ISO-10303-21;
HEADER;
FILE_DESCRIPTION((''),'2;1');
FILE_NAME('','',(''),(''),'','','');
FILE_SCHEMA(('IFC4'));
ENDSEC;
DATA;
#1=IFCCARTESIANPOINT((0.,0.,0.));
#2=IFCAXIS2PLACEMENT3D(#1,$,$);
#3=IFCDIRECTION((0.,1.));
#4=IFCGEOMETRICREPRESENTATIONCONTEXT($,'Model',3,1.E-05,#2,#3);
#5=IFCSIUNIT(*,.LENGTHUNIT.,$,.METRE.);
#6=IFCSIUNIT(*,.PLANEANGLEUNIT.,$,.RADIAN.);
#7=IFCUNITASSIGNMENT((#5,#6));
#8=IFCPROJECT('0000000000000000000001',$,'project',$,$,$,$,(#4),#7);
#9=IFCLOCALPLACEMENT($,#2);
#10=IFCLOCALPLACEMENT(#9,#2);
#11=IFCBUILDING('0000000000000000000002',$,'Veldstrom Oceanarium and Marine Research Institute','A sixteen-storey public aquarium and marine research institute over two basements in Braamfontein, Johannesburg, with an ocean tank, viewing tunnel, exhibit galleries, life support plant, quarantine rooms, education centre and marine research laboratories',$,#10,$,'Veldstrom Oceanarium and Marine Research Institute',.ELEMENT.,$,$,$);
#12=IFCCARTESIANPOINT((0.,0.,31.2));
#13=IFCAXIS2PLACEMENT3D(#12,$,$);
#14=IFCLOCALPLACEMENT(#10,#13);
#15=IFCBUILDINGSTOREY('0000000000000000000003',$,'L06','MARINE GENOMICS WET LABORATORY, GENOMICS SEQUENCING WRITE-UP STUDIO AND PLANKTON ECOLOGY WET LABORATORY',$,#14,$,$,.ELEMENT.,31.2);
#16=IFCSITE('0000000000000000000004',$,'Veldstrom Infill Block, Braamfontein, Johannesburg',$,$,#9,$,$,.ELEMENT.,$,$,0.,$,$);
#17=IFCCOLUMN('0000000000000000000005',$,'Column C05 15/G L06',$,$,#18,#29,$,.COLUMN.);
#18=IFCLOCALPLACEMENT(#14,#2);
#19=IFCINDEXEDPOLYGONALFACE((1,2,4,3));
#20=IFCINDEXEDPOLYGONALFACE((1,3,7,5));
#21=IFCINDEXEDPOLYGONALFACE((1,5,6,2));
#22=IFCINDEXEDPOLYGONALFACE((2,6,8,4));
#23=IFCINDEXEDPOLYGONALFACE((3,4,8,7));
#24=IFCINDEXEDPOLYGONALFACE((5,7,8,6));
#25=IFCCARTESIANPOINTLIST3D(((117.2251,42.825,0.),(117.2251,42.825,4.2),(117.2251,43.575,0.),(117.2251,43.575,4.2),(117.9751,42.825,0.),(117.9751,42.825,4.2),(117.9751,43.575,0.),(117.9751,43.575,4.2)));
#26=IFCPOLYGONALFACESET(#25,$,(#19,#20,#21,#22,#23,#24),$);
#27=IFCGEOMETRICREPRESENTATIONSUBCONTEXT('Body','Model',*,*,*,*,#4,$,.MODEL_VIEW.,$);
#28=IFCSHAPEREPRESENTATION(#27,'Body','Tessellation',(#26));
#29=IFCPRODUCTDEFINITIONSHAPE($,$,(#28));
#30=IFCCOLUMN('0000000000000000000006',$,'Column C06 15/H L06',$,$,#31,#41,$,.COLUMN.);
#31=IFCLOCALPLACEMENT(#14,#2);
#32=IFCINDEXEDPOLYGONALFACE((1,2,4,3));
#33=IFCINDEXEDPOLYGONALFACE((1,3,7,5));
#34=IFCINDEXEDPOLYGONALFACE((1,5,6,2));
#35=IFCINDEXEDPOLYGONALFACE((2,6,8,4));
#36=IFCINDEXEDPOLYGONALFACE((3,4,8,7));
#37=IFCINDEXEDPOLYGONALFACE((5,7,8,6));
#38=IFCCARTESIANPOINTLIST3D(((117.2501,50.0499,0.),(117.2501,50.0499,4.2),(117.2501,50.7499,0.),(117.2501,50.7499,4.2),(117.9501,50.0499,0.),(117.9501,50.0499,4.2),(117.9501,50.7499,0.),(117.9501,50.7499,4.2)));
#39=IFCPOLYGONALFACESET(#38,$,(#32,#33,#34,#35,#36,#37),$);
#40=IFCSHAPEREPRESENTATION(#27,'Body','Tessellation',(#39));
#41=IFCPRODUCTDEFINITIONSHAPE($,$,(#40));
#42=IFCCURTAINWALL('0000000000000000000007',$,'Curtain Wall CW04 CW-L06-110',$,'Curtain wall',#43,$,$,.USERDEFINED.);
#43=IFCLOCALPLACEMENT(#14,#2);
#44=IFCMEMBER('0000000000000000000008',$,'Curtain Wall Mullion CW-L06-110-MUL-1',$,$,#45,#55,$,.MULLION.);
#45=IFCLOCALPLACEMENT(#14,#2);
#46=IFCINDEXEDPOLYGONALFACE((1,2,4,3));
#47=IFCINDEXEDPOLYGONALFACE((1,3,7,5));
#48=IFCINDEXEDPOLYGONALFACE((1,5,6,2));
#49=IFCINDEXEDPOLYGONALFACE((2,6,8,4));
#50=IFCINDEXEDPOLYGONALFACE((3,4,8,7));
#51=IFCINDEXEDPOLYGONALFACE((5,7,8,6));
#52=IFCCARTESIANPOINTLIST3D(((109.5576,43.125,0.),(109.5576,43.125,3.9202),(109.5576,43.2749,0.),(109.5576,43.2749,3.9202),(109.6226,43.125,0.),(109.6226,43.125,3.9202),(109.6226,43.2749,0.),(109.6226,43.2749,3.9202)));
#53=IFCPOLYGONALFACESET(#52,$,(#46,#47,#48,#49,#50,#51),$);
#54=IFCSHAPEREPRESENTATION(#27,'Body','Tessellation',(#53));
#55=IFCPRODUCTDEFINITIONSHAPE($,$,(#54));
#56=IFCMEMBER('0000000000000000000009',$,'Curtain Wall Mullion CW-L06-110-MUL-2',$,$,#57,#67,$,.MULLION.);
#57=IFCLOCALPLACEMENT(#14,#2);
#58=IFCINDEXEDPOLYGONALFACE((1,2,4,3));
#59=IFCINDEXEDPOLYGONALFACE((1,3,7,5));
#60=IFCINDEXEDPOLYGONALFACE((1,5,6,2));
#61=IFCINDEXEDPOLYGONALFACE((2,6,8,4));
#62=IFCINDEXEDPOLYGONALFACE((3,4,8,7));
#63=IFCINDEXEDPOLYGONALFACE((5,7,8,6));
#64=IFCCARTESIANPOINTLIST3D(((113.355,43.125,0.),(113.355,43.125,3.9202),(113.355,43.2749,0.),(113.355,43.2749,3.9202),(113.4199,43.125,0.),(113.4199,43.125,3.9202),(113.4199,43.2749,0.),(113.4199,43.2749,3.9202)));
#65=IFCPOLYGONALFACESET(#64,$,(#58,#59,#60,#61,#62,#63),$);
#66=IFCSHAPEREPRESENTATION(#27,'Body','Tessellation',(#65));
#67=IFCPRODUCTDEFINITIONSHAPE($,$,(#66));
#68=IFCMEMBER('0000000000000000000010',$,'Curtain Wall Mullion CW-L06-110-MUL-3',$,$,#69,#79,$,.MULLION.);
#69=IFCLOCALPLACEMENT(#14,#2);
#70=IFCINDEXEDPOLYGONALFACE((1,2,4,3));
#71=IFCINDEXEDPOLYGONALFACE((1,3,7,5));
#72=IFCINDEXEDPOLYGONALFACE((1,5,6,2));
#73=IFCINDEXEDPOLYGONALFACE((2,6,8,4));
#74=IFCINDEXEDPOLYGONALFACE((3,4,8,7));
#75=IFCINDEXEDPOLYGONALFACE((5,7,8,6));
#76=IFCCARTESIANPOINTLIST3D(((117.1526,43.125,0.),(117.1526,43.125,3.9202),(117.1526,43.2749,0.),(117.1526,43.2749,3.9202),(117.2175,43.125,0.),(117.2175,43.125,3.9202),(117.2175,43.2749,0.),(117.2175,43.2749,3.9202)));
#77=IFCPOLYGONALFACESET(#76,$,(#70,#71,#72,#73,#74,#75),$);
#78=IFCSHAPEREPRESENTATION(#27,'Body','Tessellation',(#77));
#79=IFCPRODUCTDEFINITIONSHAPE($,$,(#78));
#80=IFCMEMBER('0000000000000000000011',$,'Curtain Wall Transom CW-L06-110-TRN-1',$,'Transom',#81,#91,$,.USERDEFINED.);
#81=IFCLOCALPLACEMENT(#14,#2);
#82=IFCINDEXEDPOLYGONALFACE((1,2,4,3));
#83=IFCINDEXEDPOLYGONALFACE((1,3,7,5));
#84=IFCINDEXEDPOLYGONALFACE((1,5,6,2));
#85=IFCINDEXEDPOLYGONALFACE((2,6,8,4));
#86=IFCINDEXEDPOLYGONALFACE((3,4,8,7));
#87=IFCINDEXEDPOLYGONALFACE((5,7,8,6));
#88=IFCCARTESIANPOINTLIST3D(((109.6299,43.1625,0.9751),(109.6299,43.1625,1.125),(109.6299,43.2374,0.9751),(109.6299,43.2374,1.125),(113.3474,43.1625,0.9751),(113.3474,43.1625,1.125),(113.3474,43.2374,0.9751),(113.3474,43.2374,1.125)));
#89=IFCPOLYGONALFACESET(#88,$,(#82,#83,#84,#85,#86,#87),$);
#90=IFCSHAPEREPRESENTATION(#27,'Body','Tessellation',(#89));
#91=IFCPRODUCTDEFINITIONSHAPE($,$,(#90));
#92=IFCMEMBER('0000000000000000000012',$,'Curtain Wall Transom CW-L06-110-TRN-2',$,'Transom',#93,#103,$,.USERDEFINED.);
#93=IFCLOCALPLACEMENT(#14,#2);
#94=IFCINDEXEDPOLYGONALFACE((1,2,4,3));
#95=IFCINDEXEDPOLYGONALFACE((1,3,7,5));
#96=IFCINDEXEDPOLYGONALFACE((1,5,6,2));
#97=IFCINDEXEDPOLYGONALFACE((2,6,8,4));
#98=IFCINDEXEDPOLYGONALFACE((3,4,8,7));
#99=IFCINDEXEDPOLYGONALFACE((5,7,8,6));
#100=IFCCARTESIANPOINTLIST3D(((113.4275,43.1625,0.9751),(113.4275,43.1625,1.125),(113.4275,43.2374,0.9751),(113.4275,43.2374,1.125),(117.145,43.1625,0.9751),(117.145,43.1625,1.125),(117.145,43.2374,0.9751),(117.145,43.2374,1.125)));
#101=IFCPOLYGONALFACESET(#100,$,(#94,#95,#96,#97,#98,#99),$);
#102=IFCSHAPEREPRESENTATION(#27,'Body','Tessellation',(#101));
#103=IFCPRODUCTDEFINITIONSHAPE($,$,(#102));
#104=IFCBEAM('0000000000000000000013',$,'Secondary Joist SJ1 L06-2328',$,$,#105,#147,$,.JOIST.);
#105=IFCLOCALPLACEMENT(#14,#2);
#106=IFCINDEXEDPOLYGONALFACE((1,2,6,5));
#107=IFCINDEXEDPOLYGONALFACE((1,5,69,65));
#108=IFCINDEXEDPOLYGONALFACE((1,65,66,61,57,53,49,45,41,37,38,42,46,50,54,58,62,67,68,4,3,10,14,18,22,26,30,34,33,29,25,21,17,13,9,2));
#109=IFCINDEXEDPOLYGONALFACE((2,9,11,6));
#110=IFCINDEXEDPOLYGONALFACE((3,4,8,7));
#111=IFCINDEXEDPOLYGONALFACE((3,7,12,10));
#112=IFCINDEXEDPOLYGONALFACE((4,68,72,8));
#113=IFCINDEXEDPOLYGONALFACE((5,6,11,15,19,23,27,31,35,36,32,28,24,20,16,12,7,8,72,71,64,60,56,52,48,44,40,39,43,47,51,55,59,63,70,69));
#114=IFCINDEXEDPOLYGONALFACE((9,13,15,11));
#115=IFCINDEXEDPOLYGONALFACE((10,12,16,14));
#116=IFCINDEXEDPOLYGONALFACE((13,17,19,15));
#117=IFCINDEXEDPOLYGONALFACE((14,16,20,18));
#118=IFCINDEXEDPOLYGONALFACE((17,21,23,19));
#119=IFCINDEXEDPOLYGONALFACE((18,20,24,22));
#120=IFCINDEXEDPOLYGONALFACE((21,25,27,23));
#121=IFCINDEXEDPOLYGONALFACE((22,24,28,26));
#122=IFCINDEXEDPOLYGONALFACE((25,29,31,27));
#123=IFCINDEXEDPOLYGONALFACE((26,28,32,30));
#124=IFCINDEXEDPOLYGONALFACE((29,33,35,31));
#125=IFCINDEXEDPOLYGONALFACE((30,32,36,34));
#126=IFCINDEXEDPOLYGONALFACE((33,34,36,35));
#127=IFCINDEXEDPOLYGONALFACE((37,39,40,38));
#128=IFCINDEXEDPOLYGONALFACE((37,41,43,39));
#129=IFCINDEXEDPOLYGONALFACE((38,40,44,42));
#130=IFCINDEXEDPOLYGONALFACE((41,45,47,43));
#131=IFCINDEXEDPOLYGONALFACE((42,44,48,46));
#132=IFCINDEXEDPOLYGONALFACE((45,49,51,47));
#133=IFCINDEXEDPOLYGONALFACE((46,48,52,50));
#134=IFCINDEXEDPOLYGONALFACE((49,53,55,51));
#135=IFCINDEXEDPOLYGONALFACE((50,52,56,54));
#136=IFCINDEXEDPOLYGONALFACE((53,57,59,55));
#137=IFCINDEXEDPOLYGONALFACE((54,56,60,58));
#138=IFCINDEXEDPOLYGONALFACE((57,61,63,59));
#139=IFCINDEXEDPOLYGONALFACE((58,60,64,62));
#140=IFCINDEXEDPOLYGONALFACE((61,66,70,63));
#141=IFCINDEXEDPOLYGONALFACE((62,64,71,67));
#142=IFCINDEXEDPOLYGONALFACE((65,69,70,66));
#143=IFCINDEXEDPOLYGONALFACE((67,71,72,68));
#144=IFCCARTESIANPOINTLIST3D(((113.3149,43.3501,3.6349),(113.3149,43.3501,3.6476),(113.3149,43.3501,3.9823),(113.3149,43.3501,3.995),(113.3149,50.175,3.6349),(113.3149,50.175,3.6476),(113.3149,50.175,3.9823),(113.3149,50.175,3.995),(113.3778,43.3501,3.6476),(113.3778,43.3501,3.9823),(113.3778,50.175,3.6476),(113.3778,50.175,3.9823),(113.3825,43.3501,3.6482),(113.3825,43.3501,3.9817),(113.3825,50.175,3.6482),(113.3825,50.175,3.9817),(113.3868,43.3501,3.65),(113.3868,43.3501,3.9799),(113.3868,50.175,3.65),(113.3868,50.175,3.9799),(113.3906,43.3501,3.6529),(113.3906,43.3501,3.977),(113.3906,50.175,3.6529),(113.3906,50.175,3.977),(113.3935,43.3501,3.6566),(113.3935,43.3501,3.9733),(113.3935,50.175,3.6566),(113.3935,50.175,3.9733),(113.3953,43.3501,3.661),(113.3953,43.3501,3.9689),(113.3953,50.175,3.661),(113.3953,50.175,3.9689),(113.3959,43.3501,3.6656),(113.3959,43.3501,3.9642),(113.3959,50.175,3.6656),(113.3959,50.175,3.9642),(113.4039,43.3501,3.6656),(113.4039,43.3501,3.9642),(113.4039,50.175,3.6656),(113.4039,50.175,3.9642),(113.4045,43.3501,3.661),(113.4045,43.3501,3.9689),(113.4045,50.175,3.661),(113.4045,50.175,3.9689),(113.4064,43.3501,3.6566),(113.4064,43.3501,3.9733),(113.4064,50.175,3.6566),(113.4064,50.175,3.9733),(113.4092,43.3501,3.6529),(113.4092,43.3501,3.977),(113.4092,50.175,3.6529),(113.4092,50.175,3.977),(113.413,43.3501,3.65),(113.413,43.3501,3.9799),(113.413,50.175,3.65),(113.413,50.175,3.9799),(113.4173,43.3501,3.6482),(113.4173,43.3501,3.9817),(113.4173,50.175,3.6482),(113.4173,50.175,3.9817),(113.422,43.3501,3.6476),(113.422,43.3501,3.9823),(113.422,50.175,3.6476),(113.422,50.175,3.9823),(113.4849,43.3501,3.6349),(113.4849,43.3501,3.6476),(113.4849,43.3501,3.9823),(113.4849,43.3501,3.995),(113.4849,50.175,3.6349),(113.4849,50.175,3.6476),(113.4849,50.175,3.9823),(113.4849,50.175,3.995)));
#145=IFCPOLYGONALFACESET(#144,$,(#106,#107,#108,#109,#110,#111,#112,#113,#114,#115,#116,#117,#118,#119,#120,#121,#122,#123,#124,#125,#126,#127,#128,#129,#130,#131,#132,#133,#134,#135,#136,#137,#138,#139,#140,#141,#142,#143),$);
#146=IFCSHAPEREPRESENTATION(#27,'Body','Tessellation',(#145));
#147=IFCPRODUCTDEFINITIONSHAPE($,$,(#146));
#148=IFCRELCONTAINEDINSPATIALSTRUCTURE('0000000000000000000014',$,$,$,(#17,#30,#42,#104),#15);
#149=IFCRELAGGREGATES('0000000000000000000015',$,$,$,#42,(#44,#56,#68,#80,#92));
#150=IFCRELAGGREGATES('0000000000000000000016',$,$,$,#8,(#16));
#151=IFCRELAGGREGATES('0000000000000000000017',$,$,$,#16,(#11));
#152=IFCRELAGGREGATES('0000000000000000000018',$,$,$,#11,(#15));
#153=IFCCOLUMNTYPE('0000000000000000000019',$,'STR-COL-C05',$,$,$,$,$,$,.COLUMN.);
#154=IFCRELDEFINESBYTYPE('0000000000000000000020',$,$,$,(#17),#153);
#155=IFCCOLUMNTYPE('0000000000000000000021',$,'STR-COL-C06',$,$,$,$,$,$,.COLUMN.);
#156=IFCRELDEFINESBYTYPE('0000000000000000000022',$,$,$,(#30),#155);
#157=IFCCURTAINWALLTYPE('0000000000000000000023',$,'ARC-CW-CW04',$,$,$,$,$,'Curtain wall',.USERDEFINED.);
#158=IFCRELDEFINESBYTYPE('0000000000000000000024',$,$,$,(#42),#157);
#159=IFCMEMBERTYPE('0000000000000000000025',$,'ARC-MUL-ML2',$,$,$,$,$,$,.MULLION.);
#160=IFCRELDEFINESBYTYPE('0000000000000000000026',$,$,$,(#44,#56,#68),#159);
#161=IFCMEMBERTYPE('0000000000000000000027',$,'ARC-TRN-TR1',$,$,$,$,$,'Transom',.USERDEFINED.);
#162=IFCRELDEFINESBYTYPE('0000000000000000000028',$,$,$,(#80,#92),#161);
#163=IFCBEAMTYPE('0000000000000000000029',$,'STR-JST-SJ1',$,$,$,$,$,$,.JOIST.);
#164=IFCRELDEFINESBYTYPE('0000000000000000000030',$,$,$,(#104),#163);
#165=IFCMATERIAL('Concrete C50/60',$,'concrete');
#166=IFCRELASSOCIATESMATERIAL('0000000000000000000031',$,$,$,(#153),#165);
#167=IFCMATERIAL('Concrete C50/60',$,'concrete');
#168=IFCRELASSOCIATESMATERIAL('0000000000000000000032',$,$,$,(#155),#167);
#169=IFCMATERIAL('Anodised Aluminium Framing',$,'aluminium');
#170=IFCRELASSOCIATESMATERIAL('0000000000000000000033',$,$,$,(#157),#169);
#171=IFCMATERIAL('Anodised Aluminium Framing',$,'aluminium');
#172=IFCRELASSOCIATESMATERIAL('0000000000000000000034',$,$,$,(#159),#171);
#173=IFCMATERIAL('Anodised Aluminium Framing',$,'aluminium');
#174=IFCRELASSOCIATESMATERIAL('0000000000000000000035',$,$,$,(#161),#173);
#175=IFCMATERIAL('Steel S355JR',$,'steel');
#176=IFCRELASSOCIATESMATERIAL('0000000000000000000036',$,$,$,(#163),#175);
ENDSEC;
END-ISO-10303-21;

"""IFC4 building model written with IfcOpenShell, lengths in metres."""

from ifc_helpers import new_model, si_unit, direction, frame, origin, origin_2d, place, context, subcontext, project, spatial, rectangle, i_section, extrude, material, material_profile, profile_set, type_object, element, aggregate, save


model = new_model("IFC4")

# Units and contexts
model_context = context("Model", 3, precision=1e-05, world=origin(), true_north=direction((0.0, 1.0)))
body_context = subcontext(model_context, "Body", "Model", "MODEL_VIEW")
ifc_project = project(units=[si_unit("LENGTHUNIT", "METRE"), si_unit("PLANEANGLEUNIT", "RADIAN")], contexts=[model_context])

# Site, building, storey
site_placement = place(None, origin())
site = spatial("IfcSite", under=ifc_project, at=site_placement, Name="Veldstrom Infill Block, Braamfontein, Johannesburg", CompositionType="ELEMENT", RefElevation=0.0)
building_placement = place(site_placement, origin())
building = spatial("IfcBuilding", under=site, at=building_placement, Name="Veldstrom Oceanarium and Marine Research Institute", Description="A sixteen-storey public aquarium and marine research institute over two basements in Braamfontein, Johannesburg, with an ocean tank, viewing tunnel, exhibit galleries, life support plant, quarantine rooms, education centre and marine research laboratories", LongName="Veldstrom Oceanarium and Marine Research Institute", CompositionType="ELEMENT")
storey_placement = place(building_placement, frame((0.0, 0.0, 31.2)))
storey = spatial("IfcBuildingStorey", under=building, at=storey_placement, Name="L06", Description="MARINE GENOMICS WET LABORATORY, GENOMICS SEQUENCING WRITE-UP STUDIO AND PLANKTON ECOLOGY WET LABORATORY", CompositionType="ELEMENT", Elevation=31.2)

# Columns
ifc_material_1 = material(Name="Concrete C50/60", Category="concrete")
ifc_material_profile_1 = material_profile(ifc_material_1, rectangle(XDim=0.75, YDim=0.75, at=origin_2d()), Name="RC-COL-750x750")
ifc_profile_set_1 = profile_set([ifc_material_profile_1], Name="Concrete C50/60")
column_type_1 = type_object("IfcColumnType", Name="STR-COL-C05", PredefinedType="COLUMN", material=ifc_profile_set_1)
column_1_placement = place(storey_placement, frame((117.6001, 43.2, 0.0), z_axis=(0.0, 0.0, 1.0), x_axis=(1.0, 0.0, 0.0)))
element("IfcColumn", 1, at=column_1_placement, inside=storey, type_object=column_type_1, Name="Column C05 15/G L06", PredefinedType="COLUMN", context=body_context, shape_type="SweptSolid", body=[
    extrude(rectangle(XDim=0.75, YDim=0.75, at=origin_2d()), origin(), (0.0, 0.0, 1.0), 4.2),
])
ifc_material_2 = material(Name="Concrete C50/60", Category="concrete")
ifc_material_profile_2 = material_profile(ifc_material_2, rectangle(XDim=0.7, YDim=0.7, at=origin_2d()), Name="RC-COL-700x700")
ifc_profile_set_2 = profile_set([ifc_material_profile_2], Name="Concrete C50/60")
column_type_2 = type_object("IfcColumnType", Name="STR-COL-C06", PredefinedType="COLUMN", material=ifc_profile_set_2)
column_2_placement = place(storey_placement, frame((117.6001, 50.3999, 0.0), z_axis=(0.0, 0.0, 1.0), x_axis=(1.0, 0.0, 0.0)))
element("IfcColumn", 2, at=column_2_placement, inside=storey, type_object=column_type_2, Name="Column C06 15/H L06", PredefinedType="COLUMN", context=body_context, shape_type="SweptSolid", body=[
    extrude(rectangle(XDim=0.7, YDim=0.7, at=origin_2d()), origin(), (0.0, 0.0, 1.0), 4.2),
])

# Curtain wall, members
ifc_material_3 = material(Name="Anodised Aluminium Framing", Category="aluminium")
curtain_wall_type = type_object("IfcCurtainWallType", Name="ARC-CW-CW04", ElementType="Curtain wall", PredefinedType="USERDEFINED", material=ifc_material_3)
curtain_wall_placement = place(storey_placement, origin())
curtain_wall = element("IfcCurtainWall", 3, at=curtain_wall_placement, inside=storey, type_object=curtain_wall_type, Name="Curtain Wall CW04 CW-L06-110", ObjectType="Curtain wall", PredefinedType="USERDEFINED")
ifc_material_4 = material(Name="Anodised Aluminium Framing", Category="aluminium")
ifc_material_profile_3 = material_profile(ifc_material_4, rectangle(XDim=0.0649, YDim=0.1499, at=origin_2d()), Name="ALU-MUL-65x150")
ifc_profile_set_3 = profile_set([ifc_material_profile_3], Name="Anodised Aluminium Framing")
member_type_1 = type_object("IfcMemberType", Name="ARC-MUL-ML2", PredefinedType="MULLION", material=ifc_profile_set_3)
member_1_placement = place(storey_placement, frame((109.5901, 43.2, 0.0), z_axis=(0.0, 0.0, 1.0), x_axis=(1.0, 0.0, 0.0)))
member_1 = element("IfcMember", 4, at=member_1_placement, type_object=member_type_1, Name="Curtain Wall Mullion CW-L06-110-MUL-1", PredefinedType="MULLION", context=body_context, shape_type="SweptSolid", body=[
    extrude(rectangle(XDim=0.0649, YDim=0.1499, at=origin_2d()), origin(), (0.0, 0.0, 1.0), 3.9202),
])
member_2_placement = place(storey_placement, frame((113.3875, 43.2, 0.0), z_axis=(0.0, 0.0, 1.0), x_axis=(1.0, 0.0, 0.0)))
member_2 = element("IfcMember", 5, at=member_2_placement, type_object=member_type_1, Name="Curtain Wall Mullion CW-L06-110-MUL-2", PredefinedType="MULLION", context=body_context, shape_type="SweptSolid", body=[
    extrude(rectangle(XDim=0.0649, YDim=0.1499, at=origin_2d()), origin(), (0.0, 0.0, 1.0), 3.9202),
])
member_3_placement = place(storey_placement, frame((117.1851, 43.2, 0.0), z_axis=(0.0, 0.0, 1.0), x_axis=(1.0, 0.0, 0.0)))
member_3 = element("IfcMember", 6, at=member_3_placement, type_object=member_type_1, Name="Curtain Wall Mullion CW-L06-110-MUL-3", PredefinedType="MULLION", context=body_context, shape_type="SweptSolid", body=[
    extrude(rectangle(XDim=0.0649, YDim=0.1499, at=origin_2d()), origin(), (0.0, 0.0, 1.0), 3.9202),
])
ifc_material_5 = material(Name="Anodised Aluminium Framing", Category="aluminium")
ifc_material_profile_4 = material_profile(ifc_material_5, rectangle(XDim=0.075, YDim=0.1499, at=origin_2d()), Name="ALU-TRN-75x150")
ifc_profile_set_4 = profile_set([ifc_material_profile_4], Name="Anodised Aluminium Framing")
member_type_2 = type_object("IfcMemberType", Name="ARC-TRN-TR1", ElementType="Transom", PredefinedType="USERDEFINED", material=ifc_profile_set_4)
member_4_placement = place(storey_placement, frame((109.6299, 43.2, 1.05), z_axis=(1.0, 0.0, 0.0), x_axis=(0.0, 1.0, 0.0)))
member_4 = element("IfcMember", 7, at=member_4_placement, type_object=member_type_2, Name="Curtain Wall Transom CW-L06-110-TRN-1", ObjectType="Transom", PredefinedType="USERDEFINED", context=body_context, shape_type="SweptSolid", body=[
    extrude(rectangle(XDim=0.075, YDim=0.1499, at=origin_2d()), origin(), (0.0, 0.0, 1.0), 3.7175),
])
member_5_placement = place(storey_placement, frame((113.4275, 43.2, 1.05), z_axis=(1.0, 0.0, 0.0), x_axis=(0.0, 1.0, 0.0)))
member_5 = element("IfcMember", 8, at=member_5_placement, type_object=member_type_2, Name="Curtain Wall Transom CW-L06-110-TRN-2", ObjectType="Transom", PredefinedType="USERDEFINED", context=body_context, shape_type="SweptSolid", body=[
    extrude(rectangle(XDim=0.075, YDim=0.1499, at=origin_2d()), origin(), (0.0, 0.0, 1.0), 3.7175),
])

# Beam
ifc_material_6 = material(Name="Steel S355JR", Category="steel")
ifc_material_profile_5 = material_profile(ifc_material_6, i_section(OverallWidth=0.1699, OverallDepth=0.3601, WebThickness=0.0081, FlangeThickness=0.0127, FilletRadius=0.0181, at=origin_2d()), Name="IPE 360")
ifc_profile_set_5 = profile_set([ifc_material_profile_5], Name="Steel S355JR")
beam_type_1 = type_object("IfcBeamType", Name="STR-JST-SJ1", PredefinedType="JOIST", material=ifc_profile_set_5)
beam_1_placement = place(storey_placement, frame((113.3999, 43.3501, 3.8149), z_axis=(0.0, 1.0, 0.0), x_axis=(-1.0, 0.0, 0.0)))
element("IfcBeam", 9, at=beam_1_placement, inside=storey, type_object=beam_type_1, Name="Secondary Joist SJ1 L06-2328", PredefinedType="JOIST", context=body_context, shape_type="SweptSolid", body=[
    extrude(i_section(OverallWidth=0.1699, OverallDepth=0.3601, WebThickness=0.0081, FlangeThickness=0.0127, FilletRadius=0.0181, at=origin_2d()), origin(), (0.0, 0.0, 1.0), 6.825),
])

aggregate(curtain_wall, [member_1, member_2, member_3, member_4, member_5])

save(model, "model.ifc")
